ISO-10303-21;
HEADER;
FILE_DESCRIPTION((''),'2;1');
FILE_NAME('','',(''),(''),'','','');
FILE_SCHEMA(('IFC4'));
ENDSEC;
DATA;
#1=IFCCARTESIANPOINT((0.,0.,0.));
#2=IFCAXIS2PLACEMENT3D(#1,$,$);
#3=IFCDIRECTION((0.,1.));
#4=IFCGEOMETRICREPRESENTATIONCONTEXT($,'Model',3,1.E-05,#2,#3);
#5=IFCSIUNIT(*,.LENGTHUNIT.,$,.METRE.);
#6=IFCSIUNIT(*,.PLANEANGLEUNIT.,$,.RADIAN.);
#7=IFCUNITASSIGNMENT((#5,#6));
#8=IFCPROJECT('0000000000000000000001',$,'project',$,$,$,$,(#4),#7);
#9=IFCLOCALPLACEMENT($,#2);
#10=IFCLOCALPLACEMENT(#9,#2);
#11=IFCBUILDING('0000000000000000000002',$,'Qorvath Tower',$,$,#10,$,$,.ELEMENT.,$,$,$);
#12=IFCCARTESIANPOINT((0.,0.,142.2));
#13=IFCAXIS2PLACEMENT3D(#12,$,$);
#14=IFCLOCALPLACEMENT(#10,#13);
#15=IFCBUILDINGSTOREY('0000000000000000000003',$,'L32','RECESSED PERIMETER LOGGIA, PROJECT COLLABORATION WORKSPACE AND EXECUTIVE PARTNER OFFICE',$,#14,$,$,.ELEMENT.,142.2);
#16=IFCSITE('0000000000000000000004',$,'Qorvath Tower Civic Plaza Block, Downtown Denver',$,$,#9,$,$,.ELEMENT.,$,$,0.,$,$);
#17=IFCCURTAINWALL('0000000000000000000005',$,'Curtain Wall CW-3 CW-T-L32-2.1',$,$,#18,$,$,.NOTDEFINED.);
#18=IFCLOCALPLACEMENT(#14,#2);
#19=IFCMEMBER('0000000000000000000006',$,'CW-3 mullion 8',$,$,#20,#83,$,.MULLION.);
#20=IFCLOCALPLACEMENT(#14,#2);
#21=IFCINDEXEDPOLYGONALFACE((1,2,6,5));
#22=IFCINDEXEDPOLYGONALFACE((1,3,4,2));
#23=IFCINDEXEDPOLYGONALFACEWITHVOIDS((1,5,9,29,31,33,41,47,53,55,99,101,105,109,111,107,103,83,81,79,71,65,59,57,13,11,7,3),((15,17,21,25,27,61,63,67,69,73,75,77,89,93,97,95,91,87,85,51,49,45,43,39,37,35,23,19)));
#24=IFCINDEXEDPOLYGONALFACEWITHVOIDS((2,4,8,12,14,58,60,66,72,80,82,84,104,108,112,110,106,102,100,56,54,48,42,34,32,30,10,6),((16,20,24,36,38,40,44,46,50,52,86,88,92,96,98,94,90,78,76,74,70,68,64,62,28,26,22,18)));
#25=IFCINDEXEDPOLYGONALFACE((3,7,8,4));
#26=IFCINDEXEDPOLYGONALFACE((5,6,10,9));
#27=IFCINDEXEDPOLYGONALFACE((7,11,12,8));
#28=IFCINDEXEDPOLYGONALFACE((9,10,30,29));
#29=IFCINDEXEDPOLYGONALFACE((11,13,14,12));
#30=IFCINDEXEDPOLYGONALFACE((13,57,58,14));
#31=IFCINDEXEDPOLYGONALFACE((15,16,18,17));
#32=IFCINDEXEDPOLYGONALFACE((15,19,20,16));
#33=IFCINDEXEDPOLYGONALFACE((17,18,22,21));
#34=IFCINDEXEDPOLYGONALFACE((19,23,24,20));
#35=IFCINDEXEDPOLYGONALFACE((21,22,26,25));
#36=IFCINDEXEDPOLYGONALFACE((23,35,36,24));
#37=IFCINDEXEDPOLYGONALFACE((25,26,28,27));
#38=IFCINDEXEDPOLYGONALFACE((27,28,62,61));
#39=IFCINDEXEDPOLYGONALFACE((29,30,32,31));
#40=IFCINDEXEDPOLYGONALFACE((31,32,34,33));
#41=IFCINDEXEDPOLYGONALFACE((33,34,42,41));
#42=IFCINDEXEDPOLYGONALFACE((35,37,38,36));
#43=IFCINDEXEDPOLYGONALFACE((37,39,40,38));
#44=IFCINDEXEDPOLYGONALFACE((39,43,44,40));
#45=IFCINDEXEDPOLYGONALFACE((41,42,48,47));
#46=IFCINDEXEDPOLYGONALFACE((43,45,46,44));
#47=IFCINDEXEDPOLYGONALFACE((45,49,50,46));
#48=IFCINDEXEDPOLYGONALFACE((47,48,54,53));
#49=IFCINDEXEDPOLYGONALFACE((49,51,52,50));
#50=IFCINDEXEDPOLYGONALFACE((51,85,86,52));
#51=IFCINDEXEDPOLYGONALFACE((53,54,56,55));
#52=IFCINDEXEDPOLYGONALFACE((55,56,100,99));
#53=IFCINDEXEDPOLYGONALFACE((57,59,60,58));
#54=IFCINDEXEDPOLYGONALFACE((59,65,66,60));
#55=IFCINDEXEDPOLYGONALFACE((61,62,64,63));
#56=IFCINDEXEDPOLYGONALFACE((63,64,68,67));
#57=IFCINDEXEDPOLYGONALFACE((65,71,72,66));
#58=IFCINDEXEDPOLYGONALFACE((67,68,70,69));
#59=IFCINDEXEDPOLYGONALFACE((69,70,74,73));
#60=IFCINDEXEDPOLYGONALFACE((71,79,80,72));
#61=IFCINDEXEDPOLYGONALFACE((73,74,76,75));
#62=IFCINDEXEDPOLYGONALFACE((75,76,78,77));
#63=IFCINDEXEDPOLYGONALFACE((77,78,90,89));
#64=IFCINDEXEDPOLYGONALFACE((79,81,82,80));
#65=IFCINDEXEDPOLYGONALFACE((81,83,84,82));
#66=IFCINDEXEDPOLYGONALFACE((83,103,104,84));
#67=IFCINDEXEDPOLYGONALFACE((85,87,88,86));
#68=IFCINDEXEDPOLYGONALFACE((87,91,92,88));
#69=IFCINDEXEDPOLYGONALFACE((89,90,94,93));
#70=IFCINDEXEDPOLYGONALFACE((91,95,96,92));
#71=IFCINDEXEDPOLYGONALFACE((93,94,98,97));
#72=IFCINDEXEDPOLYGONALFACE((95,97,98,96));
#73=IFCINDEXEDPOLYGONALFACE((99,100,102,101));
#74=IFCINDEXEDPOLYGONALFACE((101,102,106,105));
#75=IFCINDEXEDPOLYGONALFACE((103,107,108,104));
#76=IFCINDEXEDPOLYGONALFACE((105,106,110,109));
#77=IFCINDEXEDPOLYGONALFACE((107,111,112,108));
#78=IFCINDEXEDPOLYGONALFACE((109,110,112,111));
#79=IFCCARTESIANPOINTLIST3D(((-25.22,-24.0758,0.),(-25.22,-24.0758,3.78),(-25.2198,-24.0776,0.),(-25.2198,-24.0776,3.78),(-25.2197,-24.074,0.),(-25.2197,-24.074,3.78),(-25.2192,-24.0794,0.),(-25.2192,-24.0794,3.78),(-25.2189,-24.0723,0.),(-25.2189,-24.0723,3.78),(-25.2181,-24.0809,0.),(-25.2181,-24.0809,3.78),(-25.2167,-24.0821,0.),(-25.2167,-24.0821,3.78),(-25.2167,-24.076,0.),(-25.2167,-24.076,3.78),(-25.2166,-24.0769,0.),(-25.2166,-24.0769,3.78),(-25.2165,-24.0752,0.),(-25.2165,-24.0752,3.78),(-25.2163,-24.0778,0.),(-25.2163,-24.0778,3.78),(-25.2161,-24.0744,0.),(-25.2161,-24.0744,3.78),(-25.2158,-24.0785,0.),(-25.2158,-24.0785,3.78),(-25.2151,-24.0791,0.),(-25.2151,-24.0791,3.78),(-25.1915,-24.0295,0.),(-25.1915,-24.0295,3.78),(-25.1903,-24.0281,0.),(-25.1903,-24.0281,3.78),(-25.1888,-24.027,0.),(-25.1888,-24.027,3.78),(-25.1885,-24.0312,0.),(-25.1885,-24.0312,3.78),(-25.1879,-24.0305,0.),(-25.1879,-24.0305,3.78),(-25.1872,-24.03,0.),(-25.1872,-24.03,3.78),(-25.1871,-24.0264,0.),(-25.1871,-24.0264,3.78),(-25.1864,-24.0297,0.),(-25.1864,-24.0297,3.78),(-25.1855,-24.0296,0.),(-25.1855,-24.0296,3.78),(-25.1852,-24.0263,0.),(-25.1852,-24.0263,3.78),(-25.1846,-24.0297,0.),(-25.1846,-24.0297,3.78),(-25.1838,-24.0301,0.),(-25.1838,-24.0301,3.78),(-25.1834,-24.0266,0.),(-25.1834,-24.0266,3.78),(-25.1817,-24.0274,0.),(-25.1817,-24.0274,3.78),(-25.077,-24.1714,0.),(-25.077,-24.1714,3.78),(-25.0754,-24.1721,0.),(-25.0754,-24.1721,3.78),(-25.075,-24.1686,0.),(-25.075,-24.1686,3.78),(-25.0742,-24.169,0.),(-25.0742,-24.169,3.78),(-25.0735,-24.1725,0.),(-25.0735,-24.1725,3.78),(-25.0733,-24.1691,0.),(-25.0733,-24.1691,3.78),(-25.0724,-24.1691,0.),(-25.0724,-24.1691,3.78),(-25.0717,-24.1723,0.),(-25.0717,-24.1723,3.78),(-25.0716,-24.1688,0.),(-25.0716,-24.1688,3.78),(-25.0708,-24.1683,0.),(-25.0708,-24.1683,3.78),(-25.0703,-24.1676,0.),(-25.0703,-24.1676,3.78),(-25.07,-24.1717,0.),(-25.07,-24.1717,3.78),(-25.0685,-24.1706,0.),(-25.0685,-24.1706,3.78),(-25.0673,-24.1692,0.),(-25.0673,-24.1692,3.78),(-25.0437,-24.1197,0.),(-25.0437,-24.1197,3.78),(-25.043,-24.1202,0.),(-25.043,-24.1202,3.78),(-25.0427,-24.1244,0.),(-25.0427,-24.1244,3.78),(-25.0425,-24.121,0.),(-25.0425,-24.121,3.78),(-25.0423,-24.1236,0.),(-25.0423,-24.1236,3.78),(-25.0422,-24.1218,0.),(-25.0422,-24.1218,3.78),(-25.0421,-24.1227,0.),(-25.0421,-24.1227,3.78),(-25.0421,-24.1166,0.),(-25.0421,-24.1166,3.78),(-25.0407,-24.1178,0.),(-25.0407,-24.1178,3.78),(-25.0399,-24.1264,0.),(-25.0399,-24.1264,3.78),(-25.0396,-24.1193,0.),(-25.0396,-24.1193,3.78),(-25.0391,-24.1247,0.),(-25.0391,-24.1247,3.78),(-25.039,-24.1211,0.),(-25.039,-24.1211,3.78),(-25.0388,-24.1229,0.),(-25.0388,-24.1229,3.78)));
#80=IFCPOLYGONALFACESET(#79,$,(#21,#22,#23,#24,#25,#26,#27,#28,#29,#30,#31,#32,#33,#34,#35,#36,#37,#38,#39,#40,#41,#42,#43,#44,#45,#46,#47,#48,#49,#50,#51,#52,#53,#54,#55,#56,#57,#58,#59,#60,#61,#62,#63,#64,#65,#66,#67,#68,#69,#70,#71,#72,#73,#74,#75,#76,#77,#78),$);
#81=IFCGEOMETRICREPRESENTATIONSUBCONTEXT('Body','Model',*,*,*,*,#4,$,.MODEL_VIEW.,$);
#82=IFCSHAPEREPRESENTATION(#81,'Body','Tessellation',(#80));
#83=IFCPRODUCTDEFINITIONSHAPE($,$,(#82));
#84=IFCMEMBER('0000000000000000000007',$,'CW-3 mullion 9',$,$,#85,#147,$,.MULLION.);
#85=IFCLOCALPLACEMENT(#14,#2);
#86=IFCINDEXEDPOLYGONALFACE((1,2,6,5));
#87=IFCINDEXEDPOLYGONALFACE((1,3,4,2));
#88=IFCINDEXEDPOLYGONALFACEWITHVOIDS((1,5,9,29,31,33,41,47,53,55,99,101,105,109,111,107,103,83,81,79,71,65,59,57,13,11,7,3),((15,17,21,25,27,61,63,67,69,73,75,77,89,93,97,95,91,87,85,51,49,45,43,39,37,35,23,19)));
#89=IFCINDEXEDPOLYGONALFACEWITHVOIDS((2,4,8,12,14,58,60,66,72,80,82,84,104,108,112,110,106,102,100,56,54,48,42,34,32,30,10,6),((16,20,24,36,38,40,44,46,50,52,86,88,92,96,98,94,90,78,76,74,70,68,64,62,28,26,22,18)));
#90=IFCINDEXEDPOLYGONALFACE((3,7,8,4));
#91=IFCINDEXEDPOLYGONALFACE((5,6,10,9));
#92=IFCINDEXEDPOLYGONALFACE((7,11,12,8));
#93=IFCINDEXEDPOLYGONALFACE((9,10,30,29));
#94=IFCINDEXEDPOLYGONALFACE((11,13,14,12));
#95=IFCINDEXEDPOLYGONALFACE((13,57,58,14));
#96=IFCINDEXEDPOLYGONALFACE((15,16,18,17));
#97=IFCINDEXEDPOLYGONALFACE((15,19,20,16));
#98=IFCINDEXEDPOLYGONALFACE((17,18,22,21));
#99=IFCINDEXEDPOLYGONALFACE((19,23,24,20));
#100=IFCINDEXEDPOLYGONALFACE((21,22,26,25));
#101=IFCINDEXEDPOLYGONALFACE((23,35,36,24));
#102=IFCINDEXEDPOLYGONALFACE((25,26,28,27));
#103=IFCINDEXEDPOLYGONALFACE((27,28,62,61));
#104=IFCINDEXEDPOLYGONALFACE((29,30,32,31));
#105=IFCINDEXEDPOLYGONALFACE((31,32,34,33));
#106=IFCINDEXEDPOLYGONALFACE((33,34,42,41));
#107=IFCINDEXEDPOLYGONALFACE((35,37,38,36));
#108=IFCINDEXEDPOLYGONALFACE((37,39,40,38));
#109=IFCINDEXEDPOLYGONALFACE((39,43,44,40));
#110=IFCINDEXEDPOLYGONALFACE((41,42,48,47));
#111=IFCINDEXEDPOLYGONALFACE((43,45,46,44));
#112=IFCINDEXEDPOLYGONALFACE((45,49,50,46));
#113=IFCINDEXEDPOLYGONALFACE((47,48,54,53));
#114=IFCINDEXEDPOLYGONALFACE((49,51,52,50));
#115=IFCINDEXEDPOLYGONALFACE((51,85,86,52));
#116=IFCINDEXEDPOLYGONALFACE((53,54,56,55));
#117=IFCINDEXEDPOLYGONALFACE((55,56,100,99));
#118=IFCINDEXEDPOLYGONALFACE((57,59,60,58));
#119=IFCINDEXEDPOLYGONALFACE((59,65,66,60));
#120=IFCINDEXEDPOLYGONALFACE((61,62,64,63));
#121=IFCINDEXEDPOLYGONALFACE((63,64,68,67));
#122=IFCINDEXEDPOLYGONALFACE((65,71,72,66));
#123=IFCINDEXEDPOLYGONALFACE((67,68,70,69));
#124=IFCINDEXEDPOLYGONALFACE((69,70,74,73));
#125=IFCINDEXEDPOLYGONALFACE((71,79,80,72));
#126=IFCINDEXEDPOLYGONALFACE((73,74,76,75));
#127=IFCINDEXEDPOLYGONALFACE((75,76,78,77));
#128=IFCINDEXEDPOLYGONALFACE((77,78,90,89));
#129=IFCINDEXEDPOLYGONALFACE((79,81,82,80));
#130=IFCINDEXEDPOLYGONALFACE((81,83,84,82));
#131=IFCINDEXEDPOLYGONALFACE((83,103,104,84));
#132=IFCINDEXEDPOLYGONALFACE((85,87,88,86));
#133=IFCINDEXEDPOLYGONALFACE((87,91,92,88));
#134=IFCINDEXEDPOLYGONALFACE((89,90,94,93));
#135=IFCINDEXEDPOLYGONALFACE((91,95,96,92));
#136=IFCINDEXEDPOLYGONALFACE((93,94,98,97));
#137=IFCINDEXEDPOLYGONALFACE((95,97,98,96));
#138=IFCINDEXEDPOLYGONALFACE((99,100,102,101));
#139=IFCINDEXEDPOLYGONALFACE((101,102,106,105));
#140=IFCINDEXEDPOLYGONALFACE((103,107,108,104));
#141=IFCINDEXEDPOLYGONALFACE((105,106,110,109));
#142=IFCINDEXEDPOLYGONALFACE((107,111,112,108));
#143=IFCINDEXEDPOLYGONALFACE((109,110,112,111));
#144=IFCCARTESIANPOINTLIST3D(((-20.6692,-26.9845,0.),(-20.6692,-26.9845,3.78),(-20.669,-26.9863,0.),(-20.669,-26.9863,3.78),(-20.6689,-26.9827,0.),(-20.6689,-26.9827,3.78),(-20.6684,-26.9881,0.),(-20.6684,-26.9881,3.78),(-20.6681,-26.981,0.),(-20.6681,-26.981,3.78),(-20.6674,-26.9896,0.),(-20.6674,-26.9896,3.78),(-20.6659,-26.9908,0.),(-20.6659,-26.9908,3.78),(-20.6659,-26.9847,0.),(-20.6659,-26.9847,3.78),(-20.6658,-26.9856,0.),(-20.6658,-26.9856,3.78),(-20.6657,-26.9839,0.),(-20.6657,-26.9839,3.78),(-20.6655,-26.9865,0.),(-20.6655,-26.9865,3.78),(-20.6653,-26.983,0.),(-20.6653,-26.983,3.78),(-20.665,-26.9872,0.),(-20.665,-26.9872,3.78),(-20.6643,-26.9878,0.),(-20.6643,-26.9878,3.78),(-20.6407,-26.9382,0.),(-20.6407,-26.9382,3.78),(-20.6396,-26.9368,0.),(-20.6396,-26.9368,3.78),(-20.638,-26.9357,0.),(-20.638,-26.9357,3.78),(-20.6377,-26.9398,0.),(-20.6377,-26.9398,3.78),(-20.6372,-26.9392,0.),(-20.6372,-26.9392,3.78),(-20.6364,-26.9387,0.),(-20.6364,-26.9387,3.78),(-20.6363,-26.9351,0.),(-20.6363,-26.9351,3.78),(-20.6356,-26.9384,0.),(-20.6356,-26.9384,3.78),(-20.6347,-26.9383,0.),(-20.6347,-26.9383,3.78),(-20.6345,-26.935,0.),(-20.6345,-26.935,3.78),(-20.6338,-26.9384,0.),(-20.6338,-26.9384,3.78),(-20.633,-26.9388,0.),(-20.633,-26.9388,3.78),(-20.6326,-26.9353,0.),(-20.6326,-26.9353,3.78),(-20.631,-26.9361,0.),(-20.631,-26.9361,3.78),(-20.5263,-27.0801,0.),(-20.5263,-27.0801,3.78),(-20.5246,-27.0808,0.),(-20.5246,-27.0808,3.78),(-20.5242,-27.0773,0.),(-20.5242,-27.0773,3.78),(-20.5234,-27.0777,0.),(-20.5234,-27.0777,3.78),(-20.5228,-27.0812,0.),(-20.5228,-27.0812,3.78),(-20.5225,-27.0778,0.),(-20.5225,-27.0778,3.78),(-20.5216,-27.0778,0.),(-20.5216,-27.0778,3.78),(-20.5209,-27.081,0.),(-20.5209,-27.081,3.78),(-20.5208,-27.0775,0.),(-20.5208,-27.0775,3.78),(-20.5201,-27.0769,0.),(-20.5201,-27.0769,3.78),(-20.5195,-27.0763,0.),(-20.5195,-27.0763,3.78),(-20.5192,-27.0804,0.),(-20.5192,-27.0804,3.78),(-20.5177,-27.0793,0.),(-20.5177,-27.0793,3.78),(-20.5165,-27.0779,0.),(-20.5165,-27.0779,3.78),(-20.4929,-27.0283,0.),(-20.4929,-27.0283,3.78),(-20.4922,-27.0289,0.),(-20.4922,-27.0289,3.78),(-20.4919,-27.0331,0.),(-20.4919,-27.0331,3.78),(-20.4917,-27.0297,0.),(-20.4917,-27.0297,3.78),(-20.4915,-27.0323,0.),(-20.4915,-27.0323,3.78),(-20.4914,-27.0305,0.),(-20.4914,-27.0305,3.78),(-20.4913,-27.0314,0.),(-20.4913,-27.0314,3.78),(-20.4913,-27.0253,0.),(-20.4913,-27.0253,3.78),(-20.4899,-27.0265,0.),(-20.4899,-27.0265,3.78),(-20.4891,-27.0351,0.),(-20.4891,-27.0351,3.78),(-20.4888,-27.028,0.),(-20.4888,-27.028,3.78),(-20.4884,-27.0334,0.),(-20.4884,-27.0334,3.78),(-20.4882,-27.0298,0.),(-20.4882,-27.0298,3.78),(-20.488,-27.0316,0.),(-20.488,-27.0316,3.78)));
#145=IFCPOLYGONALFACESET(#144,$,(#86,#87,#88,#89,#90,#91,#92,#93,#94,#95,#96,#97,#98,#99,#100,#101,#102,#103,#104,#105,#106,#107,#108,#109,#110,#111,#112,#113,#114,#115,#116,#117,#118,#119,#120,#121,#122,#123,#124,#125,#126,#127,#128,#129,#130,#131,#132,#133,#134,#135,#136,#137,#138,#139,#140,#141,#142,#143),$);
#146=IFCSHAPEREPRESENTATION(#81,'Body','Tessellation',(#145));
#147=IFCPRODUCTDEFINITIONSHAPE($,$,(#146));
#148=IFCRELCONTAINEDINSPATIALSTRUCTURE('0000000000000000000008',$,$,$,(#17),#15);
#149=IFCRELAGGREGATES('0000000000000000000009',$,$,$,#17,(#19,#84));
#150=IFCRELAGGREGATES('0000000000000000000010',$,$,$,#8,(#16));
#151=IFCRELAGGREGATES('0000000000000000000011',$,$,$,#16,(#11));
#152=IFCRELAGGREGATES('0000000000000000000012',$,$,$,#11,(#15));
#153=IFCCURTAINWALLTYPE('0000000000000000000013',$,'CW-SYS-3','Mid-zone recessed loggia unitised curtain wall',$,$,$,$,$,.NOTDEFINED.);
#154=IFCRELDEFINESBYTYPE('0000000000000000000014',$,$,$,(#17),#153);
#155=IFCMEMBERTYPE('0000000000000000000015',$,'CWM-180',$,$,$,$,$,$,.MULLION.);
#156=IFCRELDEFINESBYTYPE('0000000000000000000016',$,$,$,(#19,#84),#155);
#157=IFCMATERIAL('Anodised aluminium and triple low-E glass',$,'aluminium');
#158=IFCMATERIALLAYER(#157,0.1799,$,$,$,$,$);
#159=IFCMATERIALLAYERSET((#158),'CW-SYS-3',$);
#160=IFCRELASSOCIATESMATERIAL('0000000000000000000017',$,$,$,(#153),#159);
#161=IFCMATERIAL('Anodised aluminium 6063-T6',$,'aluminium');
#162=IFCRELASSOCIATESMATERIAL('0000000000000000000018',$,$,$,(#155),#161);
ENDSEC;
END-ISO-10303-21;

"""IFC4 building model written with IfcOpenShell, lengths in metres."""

from ifc_helpers import new_model, si_unit, direction, frame, origin, origin_2d, place, context, subcontext, project, spatial, hollow_rectangle, extrude, material, layer, layer_set, material_profile, profile_set, type_object, element, aggregate, save


model = new_model("IFC4")

# Units and contexts
model_context = context("Model", 3, precision=1e-05, world=origin(), true_north=direction((0.0, 1.0)))
body_context = subcontext(model_context, "Body", "Model", "MODEL_VIEW")
ifc_project = project(units=[si_unit("LENGTHUNIT", "METRE"), si_unit("PLANEANGLEUNIT", "RADIAN")], contexts=[model_context])

# Site, building, storey
site_placement = place(None, origin())
site = spatial("IfcSite", under=ifc_project, at=site_placement, Name="Qorvath Tower Civic Plaza Block, Downtown Denver", CompositionType="ELEMENT", RefElevation=0.0)
building_placement = place(site_placement, origin())
building = spatial("IfcBuilding", under=site, at=building_placement, Name="Qorvath Tower", CompositionType="ELEMENT")
storey_placement = place(building_placement, frame((0.0, 0.0, 142.2)))
storey = spatial("IfcBuildingStorey", under=building, at=storey_placement, Name="L32", Description="RECESSED PERIMETER LOGGIA, PROJECT COLLABORATION WORKSPACE AND EXECUTIVE PARTNER OFFICE", CompositionType="ELEMENT", Elevation=142.2)

# Curtain wall, members
ifc_material_1 = material(Name="Anodised aluminium and triple low-E glass", Category="aluminium")
ifc_layer_1 = layer(ifc_material_1, 0.1799)
ifc_layer_set_1 = layer_set([ifc_layer_1], Name="CW-SYS-3")
curtain_wall_type = type_object("IfcCurtainWallType", Name="CW-SYS-3", Description="Mid-zone recessed loggia unitised curtain wall", PredefinedType="NOTDEFINED", material=ifc_layer_set_1)
curtain_wall_placement = place(storey_placement, origin())
curtain_wall = element("IfcCurtainWall", 1, at=curtain_wall_placement, inside=storey, type_object=curtain_wall_type, Name="Curtain Wall CW-3 CW-T-L32-2.1", PredefinedType="NOTDEFINED")
ifc_material_2 = material(Name="Anodised aluminium 6063-T6", Category="aluminium")
ifc_material_profile_1 = material_profile(ifc_material_2, hollow_rectangle(XDim=0.0649, YDim=0.1799, WallThickness=0.0034, InnerFilletRadius=0.0034, OuterFilletRadius=0.0071, at=origin_2d()), Name="CWM 180x65")
ifc_profile_set_1 = profile_set([ifc_material_profile_1], Name="Anodised aluminium 6063-T6")
member_type_1 = type_object("IfcMemberType", Name="CWM-180", PredefinedType="MULLION", material=ifc_profile_set_1)
member_1_placement = place(storey_placement, frame((-25.1294, -24.0994, 0.0), z_axis=(0.0, 0.0, 1.0), x_axis=(0.538533, 0.842604, 0.0)))
member_1 = element("IfcMember", 2, at=member_1_placement, type_object=member_type_1, Name="CW-3 mullion 8", PredefinedType="MULLION", context=body_context, shape_type="SweptSolid", body=[
    extrude(hollow_rectangle(XDim=0.0649, YDim=0.1799, WallThickness=0.0034, InnerFilletRadius=0.0034, OuterFilletRadius=0.0071, at=origin_2d()), origin(), (0.0, 0.0, 1.0), 3.78),
])
member_2_placement = place(storey_placement, frame((-20.5786, -27.0081, 0.0), z_axis=(0.0, 0.0, 1.0), x_axis=(0.538533, 0.842604, 0.0)))
member_2 = element("IfcMember", 3, at=member_2_placement, type_object=member_type_1, Name="CW-3 mullion 9", PredefinedType="MULLION", context=body_context, shape_type="SweptSolid", body=[
    extrude(hollow_rectangle(XDim=0.0649, YDim=0.1799, WallThickness=0.0034, InnerFilletRadius=0.0034, OuterFilletRadius=0.0071, at=origin_2d()), origin(), (0.0, 0.0, 1.0), 3.78),
])
aggregate(curtain_wall, [member_1, member_2])

save(model, "model.ifc")
